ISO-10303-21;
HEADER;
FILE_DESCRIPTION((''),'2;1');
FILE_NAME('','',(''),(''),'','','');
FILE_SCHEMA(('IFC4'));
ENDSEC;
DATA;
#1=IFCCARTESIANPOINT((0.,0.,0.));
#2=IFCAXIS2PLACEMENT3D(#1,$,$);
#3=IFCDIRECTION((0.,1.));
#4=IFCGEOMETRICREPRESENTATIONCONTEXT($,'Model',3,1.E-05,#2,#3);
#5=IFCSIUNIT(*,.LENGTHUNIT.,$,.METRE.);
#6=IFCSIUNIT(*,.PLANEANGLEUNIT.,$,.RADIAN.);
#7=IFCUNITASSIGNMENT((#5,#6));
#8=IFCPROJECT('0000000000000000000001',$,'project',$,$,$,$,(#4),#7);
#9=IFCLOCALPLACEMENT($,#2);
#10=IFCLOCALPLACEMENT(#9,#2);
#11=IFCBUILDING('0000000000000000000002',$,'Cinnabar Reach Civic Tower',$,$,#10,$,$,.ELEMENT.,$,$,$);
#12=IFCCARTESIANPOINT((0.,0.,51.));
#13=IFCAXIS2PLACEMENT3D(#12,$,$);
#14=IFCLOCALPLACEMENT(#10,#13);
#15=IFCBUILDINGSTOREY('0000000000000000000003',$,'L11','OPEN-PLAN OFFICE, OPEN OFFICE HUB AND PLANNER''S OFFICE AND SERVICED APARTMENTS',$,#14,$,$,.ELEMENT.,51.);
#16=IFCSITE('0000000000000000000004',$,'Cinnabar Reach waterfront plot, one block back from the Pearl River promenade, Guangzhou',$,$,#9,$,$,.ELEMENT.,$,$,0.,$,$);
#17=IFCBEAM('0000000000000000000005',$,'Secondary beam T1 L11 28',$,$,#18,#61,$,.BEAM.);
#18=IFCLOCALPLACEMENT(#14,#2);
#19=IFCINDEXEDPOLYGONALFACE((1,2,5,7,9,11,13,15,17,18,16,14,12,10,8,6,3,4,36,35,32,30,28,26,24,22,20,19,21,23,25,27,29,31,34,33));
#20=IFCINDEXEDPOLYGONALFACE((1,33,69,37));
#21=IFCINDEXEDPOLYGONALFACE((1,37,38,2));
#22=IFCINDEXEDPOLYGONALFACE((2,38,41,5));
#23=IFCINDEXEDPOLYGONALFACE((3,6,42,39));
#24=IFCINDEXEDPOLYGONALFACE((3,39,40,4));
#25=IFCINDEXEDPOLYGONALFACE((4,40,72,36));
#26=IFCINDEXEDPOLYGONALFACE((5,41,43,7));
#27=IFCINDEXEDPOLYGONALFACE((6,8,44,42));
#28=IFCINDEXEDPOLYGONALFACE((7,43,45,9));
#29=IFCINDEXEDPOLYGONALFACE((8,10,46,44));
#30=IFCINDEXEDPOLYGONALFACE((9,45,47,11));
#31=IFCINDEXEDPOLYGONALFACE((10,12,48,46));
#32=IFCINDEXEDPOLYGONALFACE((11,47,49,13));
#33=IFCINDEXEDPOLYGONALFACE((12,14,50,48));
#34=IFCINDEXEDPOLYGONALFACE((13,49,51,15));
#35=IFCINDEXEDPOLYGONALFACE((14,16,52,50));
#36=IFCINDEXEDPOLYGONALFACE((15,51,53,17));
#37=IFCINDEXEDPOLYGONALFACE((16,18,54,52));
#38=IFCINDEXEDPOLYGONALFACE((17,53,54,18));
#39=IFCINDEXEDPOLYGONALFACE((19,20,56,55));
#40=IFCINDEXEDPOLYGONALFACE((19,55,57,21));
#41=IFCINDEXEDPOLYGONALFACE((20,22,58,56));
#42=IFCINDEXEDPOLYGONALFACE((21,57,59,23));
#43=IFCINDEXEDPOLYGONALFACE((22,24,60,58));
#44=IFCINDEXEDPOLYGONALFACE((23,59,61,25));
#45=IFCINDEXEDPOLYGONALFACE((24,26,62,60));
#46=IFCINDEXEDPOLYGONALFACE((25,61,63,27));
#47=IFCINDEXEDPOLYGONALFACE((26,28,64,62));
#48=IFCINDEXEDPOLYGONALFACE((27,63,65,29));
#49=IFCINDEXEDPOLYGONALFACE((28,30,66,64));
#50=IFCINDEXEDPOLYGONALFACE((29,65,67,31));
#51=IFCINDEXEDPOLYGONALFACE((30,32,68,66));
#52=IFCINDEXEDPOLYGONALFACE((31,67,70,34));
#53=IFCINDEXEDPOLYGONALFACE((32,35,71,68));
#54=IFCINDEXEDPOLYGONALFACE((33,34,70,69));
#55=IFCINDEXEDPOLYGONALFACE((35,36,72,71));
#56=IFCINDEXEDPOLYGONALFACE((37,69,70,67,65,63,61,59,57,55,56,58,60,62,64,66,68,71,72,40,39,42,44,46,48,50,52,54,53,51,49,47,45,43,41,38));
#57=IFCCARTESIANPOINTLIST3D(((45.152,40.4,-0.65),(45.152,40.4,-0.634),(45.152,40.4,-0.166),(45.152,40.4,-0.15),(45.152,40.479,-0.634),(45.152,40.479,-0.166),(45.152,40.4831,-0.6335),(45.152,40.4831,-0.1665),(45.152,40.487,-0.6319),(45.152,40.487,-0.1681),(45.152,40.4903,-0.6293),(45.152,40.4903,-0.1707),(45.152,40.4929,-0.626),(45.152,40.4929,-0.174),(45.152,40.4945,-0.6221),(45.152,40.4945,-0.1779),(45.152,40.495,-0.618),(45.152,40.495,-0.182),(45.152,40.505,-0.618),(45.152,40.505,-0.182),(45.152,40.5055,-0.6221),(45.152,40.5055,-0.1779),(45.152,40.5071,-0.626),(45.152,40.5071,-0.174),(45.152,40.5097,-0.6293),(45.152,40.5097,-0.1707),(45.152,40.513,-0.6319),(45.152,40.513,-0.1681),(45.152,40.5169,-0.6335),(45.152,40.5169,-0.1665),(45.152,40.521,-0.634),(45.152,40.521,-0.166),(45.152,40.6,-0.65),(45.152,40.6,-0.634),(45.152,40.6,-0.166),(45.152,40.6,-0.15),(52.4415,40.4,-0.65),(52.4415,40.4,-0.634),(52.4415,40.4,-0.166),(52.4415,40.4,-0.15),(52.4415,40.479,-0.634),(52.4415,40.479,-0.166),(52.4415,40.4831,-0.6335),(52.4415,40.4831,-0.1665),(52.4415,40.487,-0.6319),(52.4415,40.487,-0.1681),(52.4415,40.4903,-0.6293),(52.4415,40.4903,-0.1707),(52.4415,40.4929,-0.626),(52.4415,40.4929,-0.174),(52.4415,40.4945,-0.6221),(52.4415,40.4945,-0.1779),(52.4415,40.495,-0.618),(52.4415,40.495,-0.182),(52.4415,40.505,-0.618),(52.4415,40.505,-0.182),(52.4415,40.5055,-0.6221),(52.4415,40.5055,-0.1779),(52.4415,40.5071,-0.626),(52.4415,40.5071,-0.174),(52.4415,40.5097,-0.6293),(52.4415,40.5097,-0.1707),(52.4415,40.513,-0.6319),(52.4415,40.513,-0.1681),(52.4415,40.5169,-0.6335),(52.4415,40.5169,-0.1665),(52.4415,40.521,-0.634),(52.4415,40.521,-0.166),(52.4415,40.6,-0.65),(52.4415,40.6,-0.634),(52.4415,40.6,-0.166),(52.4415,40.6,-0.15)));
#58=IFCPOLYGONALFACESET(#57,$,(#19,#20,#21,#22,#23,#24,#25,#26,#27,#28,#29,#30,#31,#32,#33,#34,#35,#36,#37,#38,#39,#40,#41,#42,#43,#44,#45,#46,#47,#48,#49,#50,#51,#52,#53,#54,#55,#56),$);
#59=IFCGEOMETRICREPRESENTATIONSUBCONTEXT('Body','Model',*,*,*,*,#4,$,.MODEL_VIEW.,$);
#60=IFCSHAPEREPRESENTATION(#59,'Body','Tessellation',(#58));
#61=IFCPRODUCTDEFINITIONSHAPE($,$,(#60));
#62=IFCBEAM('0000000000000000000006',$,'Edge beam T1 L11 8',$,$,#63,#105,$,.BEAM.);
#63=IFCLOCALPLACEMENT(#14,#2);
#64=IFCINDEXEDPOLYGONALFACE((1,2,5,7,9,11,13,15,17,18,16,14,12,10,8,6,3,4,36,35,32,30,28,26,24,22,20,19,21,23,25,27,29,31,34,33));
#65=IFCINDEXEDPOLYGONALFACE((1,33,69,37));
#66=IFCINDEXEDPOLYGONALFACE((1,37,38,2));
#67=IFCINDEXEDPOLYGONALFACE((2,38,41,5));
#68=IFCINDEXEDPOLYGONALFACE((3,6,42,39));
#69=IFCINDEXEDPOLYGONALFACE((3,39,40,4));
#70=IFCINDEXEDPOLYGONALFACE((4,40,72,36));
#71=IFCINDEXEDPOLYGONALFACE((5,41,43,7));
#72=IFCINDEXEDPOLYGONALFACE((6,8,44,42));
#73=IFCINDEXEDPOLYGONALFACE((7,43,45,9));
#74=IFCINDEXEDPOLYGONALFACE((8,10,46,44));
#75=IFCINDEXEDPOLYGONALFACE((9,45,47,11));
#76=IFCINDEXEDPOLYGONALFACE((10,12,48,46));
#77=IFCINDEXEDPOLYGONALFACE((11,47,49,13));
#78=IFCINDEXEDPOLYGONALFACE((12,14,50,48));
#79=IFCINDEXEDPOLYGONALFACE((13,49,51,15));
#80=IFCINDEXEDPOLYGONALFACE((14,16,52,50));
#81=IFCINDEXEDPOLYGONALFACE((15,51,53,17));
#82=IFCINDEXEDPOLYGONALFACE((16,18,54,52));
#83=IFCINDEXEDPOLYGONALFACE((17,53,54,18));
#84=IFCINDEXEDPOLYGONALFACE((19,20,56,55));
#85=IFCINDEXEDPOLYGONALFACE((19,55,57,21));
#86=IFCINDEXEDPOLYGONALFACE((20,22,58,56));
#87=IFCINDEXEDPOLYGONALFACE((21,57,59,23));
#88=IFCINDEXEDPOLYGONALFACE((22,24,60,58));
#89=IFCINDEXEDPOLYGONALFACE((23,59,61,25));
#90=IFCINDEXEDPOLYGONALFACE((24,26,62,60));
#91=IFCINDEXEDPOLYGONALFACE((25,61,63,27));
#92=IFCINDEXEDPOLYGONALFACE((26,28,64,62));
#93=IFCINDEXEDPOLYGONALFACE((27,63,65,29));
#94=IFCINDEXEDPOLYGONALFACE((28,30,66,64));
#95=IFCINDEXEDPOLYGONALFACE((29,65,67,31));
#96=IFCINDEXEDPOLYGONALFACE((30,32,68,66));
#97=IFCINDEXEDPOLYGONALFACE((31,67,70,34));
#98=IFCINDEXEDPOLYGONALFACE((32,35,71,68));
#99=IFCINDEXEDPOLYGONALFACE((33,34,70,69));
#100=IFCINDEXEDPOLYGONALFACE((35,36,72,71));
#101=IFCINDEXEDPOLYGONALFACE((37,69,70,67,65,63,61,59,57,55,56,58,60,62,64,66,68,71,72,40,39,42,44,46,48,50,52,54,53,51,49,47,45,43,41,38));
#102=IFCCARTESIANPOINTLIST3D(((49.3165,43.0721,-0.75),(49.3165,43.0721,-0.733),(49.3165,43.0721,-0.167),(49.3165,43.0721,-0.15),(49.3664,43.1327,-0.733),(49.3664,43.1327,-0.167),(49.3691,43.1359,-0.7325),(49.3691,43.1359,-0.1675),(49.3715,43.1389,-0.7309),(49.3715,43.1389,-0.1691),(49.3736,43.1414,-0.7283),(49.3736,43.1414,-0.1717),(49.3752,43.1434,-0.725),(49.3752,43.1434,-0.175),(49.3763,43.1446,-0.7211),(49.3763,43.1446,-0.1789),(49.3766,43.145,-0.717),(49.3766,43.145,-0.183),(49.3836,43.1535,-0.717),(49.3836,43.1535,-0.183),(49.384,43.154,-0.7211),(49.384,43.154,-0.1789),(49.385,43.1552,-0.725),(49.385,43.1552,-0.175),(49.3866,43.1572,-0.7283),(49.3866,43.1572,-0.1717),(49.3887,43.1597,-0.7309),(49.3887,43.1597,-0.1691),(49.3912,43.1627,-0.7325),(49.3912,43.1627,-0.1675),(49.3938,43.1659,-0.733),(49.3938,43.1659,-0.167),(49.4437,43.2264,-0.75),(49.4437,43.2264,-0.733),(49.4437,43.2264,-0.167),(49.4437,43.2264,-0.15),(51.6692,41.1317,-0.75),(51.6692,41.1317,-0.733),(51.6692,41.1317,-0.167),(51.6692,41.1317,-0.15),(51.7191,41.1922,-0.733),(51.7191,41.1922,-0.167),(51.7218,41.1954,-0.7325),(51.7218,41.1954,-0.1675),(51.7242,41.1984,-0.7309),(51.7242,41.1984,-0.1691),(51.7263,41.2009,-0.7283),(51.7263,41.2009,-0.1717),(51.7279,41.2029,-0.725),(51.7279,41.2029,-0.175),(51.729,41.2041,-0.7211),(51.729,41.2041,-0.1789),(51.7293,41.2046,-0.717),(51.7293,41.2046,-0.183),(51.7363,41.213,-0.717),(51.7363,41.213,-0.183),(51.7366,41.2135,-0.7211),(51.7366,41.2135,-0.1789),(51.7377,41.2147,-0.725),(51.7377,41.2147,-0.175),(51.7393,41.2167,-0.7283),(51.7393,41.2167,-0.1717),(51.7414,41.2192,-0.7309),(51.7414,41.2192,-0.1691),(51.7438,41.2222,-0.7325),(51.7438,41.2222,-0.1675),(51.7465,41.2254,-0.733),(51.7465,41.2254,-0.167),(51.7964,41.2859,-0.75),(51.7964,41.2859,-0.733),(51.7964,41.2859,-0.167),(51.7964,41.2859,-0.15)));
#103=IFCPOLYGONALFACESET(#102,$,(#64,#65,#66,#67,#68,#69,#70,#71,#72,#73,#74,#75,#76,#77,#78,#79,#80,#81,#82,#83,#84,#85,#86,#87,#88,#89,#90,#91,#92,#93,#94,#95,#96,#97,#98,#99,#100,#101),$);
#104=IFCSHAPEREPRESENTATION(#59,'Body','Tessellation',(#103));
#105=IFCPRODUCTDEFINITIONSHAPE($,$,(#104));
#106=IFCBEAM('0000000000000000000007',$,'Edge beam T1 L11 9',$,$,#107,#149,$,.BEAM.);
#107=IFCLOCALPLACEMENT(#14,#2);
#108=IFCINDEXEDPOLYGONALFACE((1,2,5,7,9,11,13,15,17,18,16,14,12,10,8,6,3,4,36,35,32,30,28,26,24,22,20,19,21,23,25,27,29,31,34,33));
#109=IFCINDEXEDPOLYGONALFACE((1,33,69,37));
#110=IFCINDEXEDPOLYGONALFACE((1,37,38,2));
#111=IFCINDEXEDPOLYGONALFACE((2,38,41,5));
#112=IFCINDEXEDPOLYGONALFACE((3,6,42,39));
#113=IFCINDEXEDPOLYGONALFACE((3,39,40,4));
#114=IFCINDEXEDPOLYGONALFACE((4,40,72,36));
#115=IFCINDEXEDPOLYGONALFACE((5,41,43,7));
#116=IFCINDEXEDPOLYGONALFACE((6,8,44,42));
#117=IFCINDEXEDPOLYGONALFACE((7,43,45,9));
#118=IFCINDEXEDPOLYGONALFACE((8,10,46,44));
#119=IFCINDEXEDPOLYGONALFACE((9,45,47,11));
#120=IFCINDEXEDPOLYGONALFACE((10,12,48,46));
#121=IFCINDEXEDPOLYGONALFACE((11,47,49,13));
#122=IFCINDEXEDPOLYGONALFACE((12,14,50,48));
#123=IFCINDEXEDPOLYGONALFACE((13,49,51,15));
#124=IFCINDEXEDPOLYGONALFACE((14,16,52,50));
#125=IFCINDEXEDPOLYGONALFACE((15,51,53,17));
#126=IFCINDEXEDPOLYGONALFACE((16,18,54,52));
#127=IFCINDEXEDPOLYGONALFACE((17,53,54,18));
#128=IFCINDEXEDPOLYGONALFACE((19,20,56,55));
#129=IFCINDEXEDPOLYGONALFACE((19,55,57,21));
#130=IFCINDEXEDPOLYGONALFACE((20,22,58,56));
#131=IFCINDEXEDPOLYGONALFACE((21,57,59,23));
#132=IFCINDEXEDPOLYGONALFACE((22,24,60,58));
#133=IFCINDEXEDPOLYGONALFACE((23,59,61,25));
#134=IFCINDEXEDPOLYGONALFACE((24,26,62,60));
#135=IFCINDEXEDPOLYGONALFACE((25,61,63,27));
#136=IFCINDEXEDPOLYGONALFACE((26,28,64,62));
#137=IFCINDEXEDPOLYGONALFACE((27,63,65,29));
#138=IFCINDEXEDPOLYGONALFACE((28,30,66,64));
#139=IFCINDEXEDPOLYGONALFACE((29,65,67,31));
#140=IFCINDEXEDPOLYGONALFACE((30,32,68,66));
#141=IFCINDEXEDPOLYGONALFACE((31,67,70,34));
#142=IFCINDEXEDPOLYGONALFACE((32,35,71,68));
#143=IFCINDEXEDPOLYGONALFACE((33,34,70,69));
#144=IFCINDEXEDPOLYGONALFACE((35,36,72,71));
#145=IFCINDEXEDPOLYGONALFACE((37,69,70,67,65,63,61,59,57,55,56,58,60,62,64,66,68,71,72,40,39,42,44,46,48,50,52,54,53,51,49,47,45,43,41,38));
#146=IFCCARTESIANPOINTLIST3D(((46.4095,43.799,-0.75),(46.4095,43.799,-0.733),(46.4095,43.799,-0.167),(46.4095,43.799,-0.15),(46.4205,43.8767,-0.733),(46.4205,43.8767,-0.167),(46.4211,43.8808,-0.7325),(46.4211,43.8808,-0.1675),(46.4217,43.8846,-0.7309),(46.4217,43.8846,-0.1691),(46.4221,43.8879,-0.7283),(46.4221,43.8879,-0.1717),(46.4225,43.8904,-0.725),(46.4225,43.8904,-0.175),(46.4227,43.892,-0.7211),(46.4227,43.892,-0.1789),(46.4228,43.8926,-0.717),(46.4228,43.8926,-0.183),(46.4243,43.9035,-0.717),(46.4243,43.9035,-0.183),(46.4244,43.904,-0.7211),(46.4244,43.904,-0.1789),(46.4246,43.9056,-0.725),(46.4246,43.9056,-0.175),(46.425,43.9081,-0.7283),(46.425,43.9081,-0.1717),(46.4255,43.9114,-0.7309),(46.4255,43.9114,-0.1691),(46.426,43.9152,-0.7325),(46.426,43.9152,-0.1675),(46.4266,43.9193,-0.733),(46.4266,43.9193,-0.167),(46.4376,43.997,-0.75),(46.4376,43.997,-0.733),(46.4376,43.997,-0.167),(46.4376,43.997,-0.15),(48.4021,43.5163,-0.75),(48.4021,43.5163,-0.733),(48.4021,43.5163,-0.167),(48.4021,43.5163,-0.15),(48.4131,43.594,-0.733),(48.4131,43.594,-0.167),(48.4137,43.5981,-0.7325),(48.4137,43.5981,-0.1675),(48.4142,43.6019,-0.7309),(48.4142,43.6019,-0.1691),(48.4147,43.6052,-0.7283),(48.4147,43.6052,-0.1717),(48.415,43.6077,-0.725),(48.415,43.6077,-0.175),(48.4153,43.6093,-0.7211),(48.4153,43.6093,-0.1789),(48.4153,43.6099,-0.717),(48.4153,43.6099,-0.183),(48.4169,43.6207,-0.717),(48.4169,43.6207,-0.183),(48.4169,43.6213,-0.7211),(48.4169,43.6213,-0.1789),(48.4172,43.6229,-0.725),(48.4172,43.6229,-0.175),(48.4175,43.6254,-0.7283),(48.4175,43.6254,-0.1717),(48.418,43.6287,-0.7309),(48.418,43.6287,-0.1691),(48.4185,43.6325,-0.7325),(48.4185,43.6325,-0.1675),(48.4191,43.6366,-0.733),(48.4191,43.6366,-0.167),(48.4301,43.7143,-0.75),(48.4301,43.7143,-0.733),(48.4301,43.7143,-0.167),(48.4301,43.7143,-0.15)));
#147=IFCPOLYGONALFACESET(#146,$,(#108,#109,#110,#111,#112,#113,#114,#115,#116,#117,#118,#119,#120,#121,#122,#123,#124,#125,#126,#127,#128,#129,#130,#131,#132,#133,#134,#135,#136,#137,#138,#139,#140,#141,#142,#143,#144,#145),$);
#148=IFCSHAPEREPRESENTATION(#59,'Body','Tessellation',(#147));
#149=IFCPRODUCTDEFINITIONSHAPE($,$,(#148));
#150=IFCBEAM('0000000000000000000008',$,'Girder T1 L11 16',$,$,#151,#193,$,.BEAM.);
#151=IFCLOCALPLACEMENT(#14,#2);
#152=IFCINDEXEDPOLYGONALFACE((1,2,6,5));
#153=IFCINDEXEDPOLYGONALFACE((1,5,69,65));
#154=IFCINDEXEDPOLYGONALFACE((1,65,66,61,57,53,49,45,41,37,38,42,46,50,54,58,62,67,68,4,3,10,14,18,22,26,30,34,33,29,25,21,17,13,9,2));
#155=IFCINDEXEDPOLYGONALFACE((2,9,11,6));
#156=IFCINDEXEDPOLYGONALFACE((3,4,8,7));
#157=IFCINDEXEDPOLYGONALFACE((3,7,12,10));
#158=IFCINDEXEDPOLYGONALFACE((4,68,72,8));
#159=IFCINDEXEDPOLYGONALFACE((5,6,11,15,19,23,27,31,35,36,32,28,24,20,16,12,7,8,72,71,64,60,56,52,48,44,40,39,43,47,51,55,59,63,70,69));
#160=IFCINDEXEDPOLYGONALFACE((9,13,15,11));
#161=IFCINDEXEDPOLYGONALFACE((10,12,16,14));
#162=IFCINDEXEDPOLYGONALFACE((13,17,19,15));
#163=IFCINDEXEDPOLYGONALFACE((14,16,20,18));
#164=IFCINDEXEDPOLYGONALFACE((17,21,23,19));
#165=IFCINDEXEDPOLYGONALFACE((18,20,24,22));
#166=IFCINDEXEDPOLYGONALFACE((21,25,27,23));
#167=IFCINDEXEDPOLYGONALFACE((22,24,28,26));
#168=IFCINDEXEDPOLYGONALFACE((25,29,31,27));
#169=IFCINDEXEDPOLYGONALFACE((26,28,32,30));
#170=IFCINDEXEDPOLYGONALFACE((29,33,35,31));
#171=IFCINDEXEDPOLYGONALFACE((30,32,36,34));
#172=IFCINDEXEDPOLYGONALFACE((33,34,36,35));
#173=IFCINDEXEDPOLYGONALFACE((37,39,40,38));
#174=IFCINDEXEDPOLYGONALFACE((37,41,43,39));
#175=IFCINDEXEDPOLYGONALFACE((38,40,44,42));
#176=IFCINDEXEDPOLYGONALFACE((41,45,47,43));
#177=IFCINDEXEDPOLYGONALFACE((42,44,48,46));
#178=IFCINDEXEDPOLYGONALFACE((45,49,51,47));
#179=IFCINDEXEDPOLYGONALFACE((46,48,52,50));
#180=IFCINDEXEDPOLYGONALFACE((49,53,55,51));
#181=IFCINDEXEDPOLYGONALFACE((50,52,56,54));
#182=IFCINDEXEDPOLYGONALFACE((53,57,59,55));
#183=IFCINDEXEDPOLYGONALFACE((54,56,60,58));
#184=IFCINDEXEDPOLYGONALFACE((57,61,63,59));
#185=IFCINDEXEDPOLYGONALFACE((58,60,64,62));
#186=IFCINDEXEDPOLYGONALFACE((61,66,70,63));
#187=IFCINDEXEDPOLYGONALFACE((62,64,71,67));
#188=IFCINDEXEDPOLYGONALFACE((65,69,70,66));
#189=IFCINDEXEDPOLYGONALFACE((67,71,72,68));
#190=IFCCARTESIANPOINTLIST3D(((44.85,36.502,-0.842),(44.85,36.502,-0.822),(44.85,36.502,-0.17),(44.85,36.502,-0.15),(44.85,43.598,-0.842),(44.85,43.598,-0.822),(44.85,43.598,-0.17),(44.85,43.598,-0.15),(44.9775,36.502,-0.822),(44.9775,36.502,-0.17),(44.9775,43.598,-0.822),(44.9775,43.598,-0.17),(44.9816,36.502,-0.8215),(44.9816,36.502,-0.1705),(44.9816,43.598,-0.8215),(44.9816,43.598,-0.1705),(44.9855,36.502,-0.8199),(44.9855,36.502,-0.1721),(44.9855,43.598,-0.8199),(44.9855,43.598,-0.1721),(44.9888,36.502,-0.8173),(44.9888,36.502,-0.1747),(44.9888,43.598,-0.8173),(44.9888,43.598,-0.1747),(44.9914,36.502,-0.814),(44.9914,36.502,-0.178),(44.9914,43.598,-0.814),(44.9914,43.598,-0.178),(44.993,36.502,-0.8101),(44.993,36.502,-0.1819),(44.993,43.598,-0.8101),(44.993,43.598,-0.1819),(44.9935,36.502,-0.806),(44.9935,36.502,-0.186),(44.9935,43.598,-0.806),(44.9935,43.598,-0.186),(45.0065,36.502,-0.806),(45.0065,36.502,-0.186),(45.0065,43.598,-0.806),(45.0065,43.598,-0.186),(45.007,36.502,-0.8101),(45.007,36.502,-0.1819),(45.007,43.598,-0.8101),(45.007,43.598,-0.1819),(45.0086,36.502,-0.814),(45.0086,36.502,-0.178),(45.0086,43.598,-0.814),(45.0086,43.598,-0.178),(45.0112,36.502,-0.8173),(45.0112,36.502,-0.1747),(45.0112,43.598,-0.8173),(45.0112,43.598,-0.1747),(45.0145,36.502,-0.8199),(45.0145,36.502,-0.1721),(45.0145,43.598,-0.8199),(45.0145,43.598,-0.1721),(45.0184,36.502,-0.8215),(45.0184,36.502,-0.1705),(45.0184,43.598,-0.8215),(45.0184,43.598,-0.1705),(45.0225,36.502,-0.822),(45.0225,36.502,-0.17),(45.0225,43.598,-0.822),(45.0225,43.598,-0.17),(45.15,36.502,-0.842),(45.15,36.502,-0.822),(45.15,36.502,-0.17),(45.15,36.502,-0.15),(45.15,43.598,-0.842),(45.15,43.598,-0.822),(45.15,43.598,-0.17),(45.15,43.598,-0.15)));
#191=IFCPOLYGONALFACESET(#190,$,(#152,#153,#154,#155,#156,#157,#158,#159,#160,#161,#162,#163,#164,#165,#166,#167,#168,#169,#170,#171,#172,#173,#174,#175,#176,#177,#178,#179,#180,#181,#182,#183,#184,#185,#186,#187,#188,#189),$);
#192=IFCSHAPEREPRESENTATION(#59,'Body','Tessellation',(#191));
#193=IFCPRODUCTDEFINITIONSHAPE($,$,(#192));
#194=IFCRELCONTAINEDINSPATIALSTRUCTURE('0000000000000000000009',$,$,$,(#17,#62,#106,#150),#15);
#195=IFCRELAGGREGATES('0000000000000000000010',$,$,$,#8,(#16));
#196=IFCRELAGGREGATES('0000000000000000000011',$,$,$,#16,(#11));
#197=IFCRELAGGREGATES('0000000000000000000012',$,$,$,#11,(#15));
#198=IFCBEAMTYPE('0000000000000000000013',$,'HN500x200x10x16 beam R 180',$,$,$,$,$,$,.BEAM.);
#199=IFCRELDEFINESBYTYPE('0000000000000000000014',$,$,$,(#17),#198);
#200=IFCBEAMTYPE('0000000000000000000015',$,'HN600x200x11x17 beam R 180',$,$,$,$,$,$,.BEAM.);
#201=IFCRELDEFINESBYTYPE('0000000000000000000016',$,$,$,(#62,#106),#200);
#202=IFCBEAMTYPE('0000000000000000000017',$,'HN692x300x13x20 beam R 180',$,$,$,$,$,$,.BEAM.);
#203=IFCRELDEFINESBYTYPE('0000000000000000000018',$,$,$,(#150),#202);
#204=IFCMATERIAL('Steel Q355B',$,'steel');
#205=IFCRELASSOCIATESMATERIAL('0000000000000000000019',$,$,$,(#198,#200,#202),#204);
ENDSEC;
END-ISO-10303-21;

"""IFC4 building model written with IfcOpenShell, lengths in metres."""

from ifc_helpers import new_model, si_unit, direction, frame, origin, origin_2d, place, context, subcontext, project, spatial, i_section, extrude, material, material_profile, profile_set, type_object, element, save


model = new_model("IFC4")

# Units and contexts
model_context = context("Model", 3, precision=1e-05, world=origin(), true_north=direction((0.0, 1.0)))
body_context = subcontext(model_context, "Body", "Model", "MODEL_VIEW")
ifc_project = project(units=[si_unit("LENGTHUNIT", "METRE"), si_unit("PLANEANGLEUNIT", "RADIAN")], contexts=[model_context])

# Site, building, storey
site_placement = place(None, origin())
site = spatial("IfcSite", under=ifc_project, at=site_placement, Name="Cinnabar Reach waterfront plot, one block back from the Pearl River promenade, Guangzhou", CompositionType="ELEMENT", RefElevation=0.0)
building_placement = place(site_placement, origin())
building = spatial("IfcBuilding", under=site, at=building_placement, Name="Cinnabar Reach Civic Tower", CompositionType="ELEMENT")
storey_placement = place(building_placement, frame((0.0, 0.0, 51.0)))
storey = spatial("IfcBuildingStorey", under=building, at=storey_placement, Name="L11", Description="OPEN-PLAN OFFICE, OPEN OFFICE HUB AND PLANNER'S OFFICE AND SERVICED APARTMENTS", CompositionType="ELEMENT", Elevation=51.0)

# Beams
ifc_material_1 = material(Name="Steel Q355B", Category="steel")
ifc_material_profile_1 = material_profile(ifc_material_1, i_section(OverallWidth=0.2, OverallDepth=0.5, WebThickness=0.01, FlangeThickness=0.016, FilletRadius=0.016, at=origin_2d()), Name="HN500x200x10x16")
ifc_profile_set_1 = profile_set([ifc_material_profile_1], Name="Steel Q355B")
beam_type_1 = type_object("IfcBeamType", Name="HN500x200x10x16 beam R 180", PredefinedType="BEAM", material=ifc_profile_set_1)
beam_1_placement = place(storey_placement, frame((45.152, 40.5, -0.4), z_axis=(1.0, 0.0, 0.0), x_axis=(0.0, 1.0, 0.0)))
element("IfcBeam", 1, at=beam_1_placement, inside=storey, type_object=beam_type_1, Name="Secondary beam T1 L11 28", PredefinedType="BEAM", context=body_context, shape_type="SweptSolid", body=[
    extrude(i_section(OverallWidth=0.2, OverallDepth=0.5, WebThickness=0.01, FlangeThickness=0.016, FilletRadius=0.016, at=origin_2d()), origin(), (0.0, 0.0, 1.0), 7.2895),
])
ifc_material_profile_2 = material_profile(ifc_material_1, i_section(OverallWidth=0.2, OverallDepth=0.6, WebThickness=0.011, FlangeThickness=0.017, FilletRadius=0.016, at=origin_2d()), Name="HN600x200x11x17")
ifc_profile_set_2 = profile_set([ifc_material_profile_2], Name="Steel Q355B")
beam_type_2 = type_object("IfcBeamType", Name="HN600x200x11x17 beam R 180", PredefinedType="BEAM", material=ifc_profile_set_2)
beam_2_placement = place(storey_placement, frame((51.7328, 41.2088, -0.45), z_axis=(-0.77145, 0.63629, 0.0), x_axis=(-0.63629, -0.77145, 0.0)))
element("IfcBeam", 2, at=beam_2_placement, inside=storey, type_object=beam_type_2, Name="Edge beam T1 L11 8", PredefinedType="BEAM", context=body_context, shape_type="SweptSolid", body=[
    extrude(i_section(OverallWidth=0.2, OverallDepth=0.6, WebThickness=0.011, FlangeThickness=0.017, FilletRadius=0.016, at=origin_2d()), origin(), (0.0, 0.0, 1.0), 3.0497),
])
beam_3_placement = place(storey_placement, frame((48.4161, 43.6153, -0.45), z_axis=(-0.990084, 0.140475, 0.0), x_axis=(-0.140475, -0.990084, 0.0)))
element("IfcBeam", 3, at=beam_3_placement, inside=storey, type_object=beam_type_2, Name="Edge beam T1 L11 9", PredefinedType="BEAM", context=body_context, shape_type="SweptSolid", body=[
    extrude(i_section(OverallWidth=0.2, OverallDepth=0.6, WebThickness=0.011, FlangeThickness=0.017, FilletRadius=0.016, at=origin_2d()), origin(), (0.0, 0.0, 1.0), 2.0125),
])
ifc_material_profile_3 = material_profile(ifc_material_1, i_section(OverallWidth=0.3, OverallDepth=0.692, WebThickness=0.013, FlangeThickness=0.02, FilletRadius=0.016, at=origin_2d()), Name="HN692x300x13x20")
ifc_profile_set_3 = profile_set([ifc_material_profile_3], Name="Steel Q355B")
beam_type_3 = type_object("IfcBeamType", Name="HN692x300x13x20 beam R 180", PredefinedType="BEAM", material=ifc_profile_set_3)
beam_4_placement = place(storey_placement, frame((45.0, 36.502, -0.496), z_axis=(0.0, 1.0, 0.0), x_axis=(-1.0, 0.0, 0.0)))
element("IfcBeam", 4, at=beam_4_placement, inside=storey, type_object=beam_type_3, Name="Girder T1 L11 16", PredefinedType="BEAM", context=body_context, shape_type="SweptSolid", body=[
    extrude(i_section(OverallWidth=0.3, OverallDepth=0.692, WebThickness=0.013, FlangeThickness=0.02, FilletRadius=0.016, at=origin_2d()), origin(), (0.0, 0.0, 1.0), 7.096),
])

save(model, "model.ifc")
